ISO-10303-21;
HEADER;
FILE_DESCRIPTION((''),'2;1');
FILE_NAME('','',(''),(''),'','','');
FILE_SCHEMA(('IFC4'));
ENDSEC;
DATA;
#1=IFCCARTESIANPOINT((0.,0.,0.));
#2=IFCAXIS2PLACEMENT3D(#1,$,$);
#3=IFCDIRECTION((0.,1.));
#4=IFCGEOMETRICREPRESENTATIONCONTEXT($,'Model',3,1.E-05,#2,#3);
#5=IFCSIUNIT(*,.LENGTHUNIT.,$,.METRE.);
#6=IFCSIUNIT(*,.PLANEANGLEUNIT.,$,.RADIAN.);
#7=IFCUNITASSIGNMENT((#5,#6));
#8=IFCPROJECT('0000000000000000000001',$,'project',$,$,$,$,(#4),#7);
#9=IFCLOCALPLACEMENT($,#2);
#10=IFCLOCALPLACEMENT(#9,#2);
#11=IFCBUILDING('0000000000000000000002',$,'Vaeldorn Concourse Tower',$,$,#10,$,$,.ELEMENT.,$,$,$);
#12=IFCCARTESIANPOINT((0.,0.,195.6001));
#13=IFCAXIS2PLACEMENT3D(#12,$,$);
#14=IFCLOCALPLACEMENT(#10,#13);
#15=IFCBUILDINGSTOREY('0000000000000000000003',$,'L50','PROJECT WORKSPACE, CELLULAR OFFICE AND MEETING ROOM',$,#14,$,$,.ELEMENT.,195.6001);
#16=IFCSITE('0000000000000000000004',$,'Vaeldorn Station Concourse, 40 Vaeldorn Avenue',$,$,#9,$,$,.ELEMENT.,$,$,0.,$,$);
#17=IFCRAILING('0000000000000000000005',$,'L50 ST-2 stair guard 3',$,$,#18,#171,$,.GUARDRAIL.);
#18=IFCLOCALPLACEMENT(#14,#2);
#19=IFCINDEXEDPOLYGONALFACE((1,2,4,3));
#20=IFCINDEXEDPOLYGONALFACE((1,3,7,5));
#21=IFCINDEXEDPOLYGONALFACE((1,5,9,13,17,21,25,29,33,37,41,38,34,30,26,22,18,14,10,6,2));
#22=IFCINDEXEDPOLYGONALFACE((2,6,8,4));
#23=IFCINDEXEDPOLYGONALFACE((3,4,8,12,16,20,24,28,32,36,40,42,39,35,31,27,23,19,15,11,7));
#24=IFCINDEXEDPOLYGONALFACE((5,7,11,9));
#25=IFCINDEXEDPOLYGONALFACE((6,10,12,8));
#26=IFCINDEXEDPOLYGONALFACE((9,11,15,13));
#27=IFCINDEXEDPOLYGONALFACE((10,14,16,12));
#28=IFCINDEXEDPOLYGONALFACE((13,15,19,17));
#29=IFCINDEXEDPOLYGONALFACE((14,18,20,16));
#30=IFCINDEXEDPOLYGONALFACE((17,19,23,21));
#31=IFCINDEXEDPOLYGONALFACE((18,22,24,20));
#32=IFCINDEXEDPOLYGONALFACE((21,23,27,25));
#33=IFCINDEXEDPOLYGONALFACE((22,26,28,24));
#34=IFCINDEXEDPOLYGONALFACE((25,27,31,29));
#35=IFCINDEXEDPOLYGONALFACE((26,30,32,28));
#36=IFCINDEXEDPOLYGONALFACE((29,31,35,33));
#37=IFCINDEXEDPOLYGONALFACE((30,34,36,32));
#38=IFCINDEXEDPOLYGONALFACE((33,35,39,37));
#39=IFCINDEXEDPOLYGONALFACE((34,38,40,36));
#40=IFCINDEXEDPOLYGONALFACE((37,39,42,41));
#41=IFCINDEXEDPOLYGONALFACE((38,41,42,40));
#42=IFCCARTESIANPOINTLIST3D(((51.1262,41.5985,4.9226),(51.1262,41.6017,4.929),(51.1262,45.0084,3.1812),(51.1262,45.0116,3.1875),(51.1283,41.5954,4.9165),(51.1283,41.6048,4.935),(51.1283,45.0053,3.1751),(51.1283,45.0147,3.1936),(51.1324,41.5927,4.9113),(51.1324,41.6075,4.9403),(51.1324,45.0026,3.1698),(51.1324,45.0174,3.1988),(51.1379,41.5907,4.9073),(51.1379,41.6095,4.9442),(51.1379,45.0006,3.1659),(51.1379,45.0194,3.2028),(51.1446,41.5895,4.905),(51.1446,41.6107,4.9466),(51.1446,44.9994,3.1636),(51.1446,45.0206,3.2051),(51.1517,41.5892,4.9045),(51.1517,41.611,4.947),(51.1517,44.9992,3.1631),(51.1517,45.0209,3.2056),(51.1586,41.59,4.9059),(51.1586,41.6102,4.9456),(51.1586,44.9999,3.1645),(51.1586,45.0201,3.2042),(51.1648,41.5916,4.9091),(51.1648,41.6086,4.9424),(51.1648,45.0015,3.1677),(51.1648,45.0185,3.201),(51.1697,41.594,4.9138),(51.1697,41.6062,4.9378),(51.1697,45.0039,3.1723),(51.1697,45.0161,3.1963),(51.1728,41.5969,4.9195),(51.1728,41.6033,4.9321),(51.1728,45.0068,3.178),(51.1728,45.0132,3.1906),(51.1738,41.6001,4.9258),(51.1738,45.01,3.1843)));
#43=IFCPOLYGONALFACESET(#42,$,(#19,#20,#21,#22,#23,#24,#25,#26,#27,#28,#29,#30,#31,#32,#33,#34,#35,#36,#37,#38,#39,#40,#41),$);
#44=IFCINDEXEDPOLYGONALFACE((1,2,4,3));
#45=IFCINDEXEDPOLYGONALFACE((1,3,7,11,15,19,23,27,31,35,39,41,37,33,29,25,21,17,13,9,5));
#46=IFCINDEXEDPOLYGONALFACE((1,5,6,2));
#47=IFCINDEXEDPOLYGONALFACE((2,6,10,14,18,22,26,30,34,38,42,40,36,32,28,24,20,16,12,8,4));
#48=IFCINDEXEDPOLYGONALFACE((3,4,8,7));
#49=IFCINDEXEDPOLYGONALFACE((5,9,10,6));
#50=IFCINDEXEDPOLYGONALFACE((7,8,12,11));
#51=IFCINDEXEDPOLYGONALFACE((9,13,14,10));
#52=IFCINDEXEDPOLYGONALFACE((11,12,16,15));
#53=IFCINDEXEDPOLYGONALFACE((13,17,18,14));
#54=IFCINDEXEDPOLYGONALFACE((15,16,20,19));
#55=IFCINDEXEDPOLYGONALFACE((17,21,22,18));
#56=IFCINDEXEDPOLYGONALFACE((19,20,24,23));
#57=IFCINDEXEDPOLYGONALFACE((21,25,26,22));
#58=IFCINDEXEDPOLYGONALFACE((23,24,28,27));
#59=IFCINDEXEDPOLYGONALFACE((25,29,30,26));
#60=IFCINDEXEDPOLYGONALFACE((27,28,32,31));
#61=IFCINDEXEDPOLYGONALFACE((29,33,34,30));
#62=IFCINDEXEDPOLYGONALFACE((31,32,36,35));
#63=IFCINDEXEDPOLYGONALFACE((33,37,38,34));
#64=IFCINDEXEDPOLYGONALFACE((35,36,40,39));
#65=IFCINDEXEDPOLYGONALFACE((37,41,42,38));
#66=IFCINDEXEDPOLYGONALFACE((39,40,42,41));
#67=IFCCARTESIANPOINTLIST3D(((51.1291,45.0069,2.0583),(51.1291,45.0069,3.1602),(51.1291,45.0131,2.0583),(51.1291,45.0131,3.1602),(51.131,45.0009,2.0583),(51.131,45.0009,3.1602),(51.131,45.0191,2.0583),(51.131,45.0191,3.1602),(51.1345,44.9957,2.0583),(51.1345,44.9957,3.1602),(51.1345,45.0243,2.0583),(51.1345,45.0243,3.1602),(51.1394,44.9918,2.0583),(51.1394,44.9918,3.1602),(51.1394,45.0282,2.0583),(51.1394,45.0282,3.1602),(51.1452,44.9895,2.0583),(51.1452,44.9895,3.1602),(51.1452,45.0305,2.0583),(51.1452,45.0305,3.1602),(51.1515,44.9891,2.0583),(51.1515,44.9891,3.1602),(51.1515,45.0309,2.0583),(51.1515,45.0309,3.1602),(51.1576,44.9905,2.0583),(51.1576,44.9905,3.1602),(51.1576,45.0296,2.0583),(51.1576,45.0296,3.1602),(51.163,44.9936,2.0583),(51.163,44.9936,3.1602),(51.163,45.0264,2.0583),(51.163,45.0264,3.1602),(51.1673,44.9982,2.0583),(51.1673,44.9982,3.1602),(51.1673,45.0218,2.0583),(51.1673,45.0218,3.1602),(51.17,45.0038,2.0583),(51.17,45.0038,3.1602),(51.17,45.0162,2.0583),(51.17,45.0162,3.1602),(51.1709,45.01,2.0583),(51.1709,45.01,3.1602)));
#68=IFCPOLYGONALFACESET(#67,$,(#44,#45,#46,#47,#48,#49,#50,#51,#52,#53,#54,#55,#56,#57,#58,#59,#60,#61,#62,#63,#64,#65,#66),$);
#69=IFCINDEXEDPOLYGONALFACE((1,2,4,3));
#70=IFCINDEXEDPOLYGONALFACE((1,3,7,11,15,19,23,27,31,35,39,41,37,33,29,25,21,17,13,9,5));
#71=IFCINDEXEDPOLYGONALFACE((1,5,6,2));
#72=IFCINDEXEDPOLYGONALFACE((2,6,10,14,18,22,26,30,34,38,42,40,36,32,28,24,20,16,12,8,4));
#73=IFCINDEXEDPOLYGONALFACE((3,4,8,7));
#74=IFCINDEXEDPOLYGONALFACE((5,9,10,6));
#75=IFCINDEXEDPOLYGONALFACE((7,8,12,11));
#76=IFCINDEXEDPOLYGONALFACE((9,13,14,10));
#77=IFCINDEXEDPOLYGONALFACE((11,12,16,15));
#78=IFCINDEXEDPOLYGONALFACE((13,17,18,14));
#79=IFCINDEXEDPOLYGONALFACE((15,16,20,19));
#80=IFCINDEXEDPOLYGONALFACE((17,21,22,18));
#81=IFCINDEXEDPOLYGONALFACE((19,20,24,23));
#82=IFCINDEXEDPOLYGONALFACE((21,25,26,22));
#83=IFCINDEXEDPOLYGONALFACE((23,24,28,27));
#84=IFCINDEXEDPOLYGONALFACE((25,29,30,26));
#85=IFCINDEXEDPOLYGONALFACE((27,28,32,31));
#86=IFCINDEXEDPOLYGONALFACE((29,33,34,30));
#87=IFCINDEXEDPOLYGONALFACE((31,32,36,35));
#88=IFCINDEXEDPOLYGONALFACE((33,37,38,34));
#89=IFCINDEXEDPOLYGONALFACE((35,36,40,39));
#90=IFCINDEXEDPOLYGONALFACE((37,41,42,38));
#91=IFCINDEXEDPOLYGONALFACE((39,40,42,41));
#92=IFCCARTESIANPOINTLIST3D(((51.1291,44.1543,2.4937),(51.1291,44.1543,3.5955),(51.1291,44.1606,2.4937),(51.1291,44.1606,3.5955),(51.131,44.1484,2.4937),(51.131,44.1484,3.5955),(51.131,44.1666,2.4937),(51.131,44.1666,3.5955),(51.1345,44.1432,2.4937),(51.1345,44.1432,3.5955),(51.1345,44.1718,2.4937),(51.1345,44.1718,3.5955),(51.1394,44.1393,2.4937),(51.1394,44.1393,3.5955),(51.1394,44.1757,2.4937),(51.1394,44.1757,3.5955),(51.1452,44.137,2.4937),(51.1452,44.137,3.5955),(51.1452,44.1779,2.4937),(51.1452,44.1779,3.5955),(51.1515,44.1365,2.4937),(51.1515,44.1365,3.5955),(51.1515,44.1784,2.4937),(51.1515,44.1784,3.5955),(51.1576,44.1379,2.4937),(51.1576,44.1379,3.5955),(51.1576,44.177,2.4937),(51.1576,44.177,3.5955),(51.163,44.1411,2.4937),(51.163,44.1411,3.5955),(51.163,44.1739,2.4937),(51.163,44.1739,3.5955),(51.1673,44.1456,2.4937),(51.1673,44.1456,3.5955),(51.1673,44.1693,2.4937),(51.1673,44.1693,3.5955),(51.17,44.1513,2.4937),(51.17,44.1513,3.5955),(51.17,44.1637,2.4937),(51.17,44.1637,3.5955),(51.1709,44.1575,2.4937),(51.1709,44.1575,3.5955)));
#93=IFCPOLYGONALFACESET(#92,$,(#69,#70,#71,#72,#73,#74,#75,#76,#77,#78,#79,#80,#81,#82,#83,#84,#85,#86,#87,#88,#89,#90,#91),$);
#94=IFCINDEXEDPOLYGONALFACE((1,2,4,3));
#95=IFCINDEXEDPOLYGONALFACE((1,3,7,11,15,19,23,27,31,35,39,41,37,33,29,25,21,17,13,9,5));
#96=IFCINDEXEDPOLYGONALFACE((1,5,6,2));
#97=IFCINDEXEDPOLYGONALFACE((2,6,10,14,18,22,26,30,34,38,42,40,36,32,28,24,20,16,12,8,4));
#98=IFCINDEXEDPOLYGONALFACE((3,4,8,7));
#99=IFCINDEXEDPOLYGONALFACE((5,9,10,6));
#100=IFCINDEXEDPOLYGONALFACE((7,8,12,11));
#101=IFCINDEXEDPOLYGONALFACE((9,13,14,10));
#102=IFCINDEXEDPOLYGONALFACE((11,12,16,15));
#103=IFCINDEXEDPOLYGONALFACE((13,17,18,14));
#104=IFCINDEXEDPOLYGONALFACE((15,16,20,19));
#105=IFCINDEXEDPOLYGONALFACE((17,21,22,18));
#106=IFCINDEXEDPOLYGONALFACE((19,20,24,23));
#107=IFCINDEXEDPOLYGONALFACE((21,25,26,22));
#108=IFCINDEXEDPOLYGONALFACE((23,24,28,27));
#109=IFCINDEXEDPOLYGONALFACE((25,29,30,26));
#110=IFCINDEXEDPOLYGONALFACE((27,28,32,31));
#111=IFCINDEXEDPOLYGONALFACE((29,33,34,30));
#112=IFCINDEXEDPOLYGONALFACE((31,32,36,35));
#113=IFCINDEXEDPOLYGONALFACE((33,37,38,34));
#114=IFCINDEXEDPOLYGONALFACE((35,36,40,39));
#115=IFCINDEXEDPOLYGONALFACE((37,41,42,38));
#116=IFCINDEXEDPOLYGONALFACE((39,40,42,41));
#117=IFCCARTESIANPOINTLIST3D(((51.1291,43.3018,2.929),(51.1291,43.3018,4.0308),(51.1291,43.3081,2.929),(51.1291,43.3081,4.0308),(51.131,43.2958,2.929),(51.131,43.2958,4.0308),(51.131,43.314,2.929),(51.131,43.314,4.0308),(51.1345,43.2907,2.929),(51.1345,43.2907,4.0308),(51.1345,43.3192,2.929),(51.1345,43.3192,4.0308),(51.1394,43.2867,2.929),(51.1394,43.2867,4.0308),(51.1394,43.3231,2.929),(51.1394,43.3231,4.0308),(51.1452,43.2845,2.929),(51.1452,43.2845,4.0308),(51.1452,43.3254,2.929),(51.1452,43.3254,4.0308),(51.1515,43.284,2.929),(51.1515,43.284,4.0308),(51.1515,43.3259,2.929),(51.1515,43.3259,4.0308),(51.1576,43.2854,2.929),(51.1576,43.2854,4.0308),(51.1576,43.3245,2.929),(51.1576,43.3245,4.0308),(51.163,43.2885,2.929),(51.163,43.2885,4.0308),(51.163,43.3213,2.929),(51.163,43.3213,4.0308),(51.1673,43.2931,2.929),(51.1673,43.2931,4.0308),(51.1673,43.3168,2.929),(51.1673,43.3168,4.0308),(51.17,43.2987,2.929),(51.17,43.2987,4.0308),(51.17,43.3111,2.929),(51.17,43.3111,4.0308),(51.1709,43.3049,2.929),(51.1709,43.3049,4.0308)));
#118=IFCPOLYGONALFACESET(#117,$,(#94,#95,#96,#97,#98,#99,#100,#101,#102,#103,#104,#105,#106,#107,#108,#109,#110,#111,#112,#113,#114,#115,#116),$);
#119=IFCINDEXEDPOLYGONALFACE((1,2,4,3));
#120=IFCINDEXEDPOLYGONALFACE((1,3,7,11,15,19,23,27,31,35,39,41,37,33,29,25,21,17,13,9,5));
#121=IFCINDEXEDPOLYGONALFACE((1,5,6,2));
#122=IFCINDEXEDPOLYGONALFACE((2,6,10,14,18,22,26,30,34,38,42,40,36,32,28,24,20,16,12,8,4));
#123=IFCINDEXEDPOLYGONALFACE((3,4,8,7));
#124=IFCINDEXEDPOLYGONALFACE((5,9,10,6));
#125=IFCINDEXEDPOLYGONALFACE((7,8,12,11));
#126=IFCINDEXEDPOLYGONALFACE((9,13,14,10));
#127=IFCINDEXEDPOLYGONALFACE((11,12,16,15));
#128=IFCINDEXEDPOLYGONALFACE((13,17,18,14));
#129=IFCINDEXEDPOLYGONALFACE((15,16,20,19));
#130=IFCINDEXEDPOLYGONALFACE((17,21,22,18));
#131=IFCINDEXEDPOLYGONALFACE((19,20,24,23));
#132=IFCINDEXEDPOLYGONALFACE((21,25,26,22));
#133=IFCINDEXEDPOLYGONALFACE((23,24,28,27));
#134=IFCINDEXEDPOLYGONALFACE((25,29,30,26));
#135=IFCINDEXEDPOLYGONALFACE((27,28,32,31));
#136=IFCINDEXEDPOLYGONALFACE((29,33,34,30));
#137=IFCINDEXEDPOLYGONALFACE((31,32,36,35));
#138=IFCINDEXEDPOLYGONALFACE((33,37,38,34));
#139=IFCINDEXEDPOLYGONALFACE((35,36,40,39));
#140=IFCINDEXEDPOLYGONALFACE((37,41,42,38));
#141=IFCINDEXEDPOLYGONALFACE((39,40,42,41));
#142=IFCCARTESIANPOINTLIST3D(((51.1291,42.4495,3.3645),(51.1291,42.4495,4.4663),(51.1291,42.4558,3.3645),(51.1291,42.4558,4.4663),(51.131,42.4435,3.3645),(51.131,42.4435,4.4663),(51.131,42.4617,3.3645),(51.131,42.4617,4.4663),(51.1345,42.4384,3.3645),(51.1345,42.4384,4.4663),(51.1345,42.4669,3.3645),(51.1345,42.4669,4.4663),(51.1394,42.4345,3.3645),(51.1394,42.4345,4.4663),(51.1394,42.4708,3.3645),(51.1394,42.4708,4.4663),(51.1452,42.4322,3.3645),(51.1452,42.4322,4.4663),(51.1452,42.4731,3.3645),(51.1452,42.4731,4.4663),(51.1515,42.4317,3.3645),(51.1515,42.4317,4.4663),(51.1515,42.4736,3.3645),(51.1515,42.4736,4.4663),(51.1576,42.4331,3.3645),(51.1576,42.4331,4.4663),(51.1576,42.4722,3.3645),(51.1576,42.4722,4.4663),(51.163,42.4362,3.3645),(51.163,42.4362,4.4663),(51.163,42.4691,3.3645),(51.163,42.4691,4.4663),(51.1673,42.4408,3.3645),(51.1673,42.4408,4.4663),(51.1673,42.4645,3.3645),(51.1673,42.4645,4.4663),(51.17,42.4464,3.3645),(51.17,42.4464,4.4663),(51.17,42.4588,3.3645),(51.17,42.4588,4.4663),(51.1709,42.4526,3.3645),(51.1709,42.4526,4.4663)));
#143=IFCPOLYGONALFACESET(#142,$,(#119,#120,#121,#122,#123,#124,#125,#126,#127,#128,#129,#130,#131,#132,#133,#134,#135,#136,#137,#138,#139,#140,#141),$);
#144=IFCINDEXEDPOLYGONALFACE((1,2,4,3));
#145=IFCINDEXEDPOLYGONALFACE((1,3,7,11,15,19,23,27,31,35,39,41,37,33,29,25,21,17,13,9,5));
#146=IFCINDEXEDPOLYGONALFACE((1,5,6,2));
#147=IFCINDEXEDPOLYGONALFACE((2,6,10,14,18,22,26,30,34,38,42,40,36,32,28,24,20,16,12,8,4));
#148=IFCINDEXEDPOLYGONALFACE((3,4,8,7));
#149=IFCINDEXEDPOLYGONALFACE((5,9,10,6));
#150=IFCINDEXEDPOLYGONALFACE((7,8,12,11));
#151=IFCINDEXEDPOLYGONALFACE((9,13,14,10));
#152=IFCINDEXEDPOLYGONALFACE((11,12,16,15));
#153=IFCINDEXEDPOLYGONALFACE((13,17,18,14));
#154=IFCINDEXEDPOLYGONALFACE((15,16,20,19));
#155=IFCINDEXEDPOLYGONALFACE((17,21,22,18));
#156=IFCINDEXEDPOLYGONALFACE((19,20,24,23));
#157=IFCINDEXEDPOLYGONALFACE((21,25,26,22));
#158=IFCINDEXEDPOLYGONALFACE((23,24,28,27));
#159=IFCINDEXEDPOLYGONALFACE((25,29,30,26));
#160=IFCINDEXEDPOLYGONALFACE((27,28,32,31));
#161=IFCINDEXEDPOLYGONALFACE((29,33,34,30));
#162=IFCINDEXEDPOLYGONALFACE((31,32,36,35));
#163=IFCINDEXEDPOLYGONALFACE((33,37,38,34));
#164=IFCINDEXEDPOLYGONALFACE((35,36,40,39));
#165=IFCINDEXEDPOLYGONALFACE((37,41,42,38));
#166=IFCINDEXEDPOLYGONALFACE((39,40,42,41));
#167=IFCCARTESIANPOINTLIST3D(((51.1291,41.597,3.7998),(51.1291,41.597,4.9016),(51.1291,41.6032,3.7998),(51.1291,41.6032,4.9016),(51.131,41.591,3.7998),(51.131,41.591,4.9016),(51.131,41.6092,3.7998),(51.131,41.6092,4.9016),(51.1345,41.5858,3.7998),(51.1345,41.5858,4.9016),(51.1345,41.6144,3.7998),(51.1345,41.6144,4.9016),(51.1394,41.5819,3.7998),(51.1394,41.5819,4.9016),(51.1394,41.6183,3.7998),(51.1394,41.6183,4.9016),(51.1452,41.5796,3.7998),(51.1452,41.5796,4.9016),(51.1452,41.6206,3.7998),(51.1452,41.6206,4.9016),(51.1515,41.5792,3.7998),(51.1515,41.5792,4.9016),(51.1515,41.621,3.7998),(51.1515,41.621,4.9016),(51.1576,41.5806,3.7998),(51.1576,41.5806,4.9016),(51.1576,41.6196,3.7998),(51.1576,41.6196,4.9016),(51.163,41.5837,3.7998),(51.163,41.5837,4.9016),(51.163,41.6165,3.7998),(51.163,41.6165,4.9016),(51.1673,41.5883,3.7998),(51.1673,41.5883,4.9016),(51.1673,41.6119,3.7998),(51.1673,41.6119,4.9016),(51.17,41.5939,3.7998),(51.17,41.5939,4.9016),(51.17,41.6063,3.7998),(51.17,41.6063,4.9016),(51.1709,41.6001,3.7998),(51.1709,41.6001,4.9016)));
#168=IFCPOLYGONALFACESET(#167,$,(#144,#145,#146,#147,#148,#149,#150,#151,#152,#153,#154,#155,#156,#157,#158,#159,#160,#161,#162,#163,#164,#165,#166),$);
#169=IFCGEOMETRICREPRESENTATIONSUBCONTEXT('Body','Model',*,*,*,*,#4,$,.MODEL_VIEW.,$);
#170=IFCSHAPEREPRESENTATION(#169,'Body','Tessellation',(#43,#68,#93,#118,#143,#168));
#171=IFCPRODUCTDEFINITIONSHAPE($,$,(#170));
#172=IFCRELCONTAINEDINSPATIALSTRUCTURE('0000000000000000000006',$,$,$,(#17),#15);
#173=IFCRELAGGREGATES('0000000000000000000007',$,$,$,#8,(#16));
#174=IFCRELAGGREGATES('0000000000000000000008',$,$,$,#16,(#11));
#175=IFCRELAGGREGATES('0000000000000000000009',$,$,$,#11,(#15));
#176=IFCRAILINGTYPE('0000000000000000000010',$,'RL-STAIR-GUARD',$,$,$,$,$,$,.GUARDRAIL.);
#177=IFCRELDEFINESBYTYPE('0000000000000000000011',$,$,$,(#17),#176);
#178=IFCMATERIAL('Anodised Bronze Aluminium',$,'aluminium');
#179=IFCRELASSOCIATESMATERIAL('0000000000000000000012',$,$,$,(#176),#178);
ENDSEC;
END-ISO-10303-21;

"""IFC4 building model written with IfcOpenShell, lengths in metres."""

from ifc_helpers import new_model, si_unit, direction, frame, origin, origin_2d, place, context, subcontext, project, spatial, circle, extrude, material, type_object, element, save


model = new_model("IFC4")

# Units and contexts
model_context = context("Model", 3, precision=1e-05, world=origin(), true_north=direction((0.0, 1.0)))
body_context = subcontext(model_context, "Body", "Model", "MODEL_VIEW")
ifc_project = project(units=[si_unit("LENGTHUNIT", "METRE"), si_unit("PLANEANGLEUNIT", "RADIAN")], contexts=[model_context])

# Site, building, storey
site_placement = place(None, origin())
site = spatial("IfcSite", under=ifc_project, at=site_placement, Name="Vaeldorn Station Concourse, 40 Vaeldorn Avenue", CompositionType="ELEMENT", RefElevation=0.0)
building_placement = place(site_placement, origin())
building = spatial("IfcBuilding", under=site, at=building_placement, Name="Vaeldorn Concourse Tower", CompositionType="ELEMENT")
storey_placement = place(building_placement, frame((0.0, 0.0, 195.6001)))
storey = spatial("IfcBuildingStorey", under=building, at=storey_placement, Name="L50", Description="PROJECT WORKSPACE, CELLULAR OFFICE AND MEETING ROOM", CompositionType="ELEMENT", Elevation=195.6001)

# Shared definitions
ifc_material_1 = material(Name="Anodised Bronze Aluminium", Category="aluminium")

# Railing
railing_type_1 = type_object("IfcRailingType", Name="RL-STAIR-GUARD", PredefinedType="GUARDRAIL", material=ifc_material_1)
railing_1_placement = place(storey_placement, frame((51.1499, 45.01, 2.0583)))
element("IfcRailing", 1, at=railing_1_placement, inside=storey, type_object=railing_type_1, Name="L50 ST-2 stair guard 3", PredefinedType="GUARDRAIL", context=body_context, shape_type="SweptSolid", body=[
    extrude(circle(Radius=0.0239, at=origin_2d()), frame((0.0, 0.0, 1.126), z_axis=(0.0, -0.890582, 0.454823), x_axis=(1.0, 0.0, 0.0)), (0.0, 0.0, 1.0), 3.8289),
    extrude(circle(Radius=0.021, at=origin_2d()), origin(), (0.0, 0.0, 1.0), 1.1018),
    extrude(circle(Radius=0.021, at=origin_2d()), frame((0.0, -0.8525, 0.4353)), (0.0, 0.0, 1.0), 1.1018),
    extrude(circle(Radius=0.021, at=origin_2d()), frame((0.0, -1.7051, 0.8706)), (0.0, 0.0, 1.0), 1.1018),
    extrude(circle(Radius=0.021, at=origin_2d()), frame((0.0, -2.5574, 1.3062)), (0.0, 0.0, 1.0), 1.1018),
    extrude(circle(Radius=0.021, at=origin_2d()), frame((0.0, -3.4099, 1.7415)), (0.0, 0.0, 1.0), 1.1018),
])

save(model, "model.ifc")
